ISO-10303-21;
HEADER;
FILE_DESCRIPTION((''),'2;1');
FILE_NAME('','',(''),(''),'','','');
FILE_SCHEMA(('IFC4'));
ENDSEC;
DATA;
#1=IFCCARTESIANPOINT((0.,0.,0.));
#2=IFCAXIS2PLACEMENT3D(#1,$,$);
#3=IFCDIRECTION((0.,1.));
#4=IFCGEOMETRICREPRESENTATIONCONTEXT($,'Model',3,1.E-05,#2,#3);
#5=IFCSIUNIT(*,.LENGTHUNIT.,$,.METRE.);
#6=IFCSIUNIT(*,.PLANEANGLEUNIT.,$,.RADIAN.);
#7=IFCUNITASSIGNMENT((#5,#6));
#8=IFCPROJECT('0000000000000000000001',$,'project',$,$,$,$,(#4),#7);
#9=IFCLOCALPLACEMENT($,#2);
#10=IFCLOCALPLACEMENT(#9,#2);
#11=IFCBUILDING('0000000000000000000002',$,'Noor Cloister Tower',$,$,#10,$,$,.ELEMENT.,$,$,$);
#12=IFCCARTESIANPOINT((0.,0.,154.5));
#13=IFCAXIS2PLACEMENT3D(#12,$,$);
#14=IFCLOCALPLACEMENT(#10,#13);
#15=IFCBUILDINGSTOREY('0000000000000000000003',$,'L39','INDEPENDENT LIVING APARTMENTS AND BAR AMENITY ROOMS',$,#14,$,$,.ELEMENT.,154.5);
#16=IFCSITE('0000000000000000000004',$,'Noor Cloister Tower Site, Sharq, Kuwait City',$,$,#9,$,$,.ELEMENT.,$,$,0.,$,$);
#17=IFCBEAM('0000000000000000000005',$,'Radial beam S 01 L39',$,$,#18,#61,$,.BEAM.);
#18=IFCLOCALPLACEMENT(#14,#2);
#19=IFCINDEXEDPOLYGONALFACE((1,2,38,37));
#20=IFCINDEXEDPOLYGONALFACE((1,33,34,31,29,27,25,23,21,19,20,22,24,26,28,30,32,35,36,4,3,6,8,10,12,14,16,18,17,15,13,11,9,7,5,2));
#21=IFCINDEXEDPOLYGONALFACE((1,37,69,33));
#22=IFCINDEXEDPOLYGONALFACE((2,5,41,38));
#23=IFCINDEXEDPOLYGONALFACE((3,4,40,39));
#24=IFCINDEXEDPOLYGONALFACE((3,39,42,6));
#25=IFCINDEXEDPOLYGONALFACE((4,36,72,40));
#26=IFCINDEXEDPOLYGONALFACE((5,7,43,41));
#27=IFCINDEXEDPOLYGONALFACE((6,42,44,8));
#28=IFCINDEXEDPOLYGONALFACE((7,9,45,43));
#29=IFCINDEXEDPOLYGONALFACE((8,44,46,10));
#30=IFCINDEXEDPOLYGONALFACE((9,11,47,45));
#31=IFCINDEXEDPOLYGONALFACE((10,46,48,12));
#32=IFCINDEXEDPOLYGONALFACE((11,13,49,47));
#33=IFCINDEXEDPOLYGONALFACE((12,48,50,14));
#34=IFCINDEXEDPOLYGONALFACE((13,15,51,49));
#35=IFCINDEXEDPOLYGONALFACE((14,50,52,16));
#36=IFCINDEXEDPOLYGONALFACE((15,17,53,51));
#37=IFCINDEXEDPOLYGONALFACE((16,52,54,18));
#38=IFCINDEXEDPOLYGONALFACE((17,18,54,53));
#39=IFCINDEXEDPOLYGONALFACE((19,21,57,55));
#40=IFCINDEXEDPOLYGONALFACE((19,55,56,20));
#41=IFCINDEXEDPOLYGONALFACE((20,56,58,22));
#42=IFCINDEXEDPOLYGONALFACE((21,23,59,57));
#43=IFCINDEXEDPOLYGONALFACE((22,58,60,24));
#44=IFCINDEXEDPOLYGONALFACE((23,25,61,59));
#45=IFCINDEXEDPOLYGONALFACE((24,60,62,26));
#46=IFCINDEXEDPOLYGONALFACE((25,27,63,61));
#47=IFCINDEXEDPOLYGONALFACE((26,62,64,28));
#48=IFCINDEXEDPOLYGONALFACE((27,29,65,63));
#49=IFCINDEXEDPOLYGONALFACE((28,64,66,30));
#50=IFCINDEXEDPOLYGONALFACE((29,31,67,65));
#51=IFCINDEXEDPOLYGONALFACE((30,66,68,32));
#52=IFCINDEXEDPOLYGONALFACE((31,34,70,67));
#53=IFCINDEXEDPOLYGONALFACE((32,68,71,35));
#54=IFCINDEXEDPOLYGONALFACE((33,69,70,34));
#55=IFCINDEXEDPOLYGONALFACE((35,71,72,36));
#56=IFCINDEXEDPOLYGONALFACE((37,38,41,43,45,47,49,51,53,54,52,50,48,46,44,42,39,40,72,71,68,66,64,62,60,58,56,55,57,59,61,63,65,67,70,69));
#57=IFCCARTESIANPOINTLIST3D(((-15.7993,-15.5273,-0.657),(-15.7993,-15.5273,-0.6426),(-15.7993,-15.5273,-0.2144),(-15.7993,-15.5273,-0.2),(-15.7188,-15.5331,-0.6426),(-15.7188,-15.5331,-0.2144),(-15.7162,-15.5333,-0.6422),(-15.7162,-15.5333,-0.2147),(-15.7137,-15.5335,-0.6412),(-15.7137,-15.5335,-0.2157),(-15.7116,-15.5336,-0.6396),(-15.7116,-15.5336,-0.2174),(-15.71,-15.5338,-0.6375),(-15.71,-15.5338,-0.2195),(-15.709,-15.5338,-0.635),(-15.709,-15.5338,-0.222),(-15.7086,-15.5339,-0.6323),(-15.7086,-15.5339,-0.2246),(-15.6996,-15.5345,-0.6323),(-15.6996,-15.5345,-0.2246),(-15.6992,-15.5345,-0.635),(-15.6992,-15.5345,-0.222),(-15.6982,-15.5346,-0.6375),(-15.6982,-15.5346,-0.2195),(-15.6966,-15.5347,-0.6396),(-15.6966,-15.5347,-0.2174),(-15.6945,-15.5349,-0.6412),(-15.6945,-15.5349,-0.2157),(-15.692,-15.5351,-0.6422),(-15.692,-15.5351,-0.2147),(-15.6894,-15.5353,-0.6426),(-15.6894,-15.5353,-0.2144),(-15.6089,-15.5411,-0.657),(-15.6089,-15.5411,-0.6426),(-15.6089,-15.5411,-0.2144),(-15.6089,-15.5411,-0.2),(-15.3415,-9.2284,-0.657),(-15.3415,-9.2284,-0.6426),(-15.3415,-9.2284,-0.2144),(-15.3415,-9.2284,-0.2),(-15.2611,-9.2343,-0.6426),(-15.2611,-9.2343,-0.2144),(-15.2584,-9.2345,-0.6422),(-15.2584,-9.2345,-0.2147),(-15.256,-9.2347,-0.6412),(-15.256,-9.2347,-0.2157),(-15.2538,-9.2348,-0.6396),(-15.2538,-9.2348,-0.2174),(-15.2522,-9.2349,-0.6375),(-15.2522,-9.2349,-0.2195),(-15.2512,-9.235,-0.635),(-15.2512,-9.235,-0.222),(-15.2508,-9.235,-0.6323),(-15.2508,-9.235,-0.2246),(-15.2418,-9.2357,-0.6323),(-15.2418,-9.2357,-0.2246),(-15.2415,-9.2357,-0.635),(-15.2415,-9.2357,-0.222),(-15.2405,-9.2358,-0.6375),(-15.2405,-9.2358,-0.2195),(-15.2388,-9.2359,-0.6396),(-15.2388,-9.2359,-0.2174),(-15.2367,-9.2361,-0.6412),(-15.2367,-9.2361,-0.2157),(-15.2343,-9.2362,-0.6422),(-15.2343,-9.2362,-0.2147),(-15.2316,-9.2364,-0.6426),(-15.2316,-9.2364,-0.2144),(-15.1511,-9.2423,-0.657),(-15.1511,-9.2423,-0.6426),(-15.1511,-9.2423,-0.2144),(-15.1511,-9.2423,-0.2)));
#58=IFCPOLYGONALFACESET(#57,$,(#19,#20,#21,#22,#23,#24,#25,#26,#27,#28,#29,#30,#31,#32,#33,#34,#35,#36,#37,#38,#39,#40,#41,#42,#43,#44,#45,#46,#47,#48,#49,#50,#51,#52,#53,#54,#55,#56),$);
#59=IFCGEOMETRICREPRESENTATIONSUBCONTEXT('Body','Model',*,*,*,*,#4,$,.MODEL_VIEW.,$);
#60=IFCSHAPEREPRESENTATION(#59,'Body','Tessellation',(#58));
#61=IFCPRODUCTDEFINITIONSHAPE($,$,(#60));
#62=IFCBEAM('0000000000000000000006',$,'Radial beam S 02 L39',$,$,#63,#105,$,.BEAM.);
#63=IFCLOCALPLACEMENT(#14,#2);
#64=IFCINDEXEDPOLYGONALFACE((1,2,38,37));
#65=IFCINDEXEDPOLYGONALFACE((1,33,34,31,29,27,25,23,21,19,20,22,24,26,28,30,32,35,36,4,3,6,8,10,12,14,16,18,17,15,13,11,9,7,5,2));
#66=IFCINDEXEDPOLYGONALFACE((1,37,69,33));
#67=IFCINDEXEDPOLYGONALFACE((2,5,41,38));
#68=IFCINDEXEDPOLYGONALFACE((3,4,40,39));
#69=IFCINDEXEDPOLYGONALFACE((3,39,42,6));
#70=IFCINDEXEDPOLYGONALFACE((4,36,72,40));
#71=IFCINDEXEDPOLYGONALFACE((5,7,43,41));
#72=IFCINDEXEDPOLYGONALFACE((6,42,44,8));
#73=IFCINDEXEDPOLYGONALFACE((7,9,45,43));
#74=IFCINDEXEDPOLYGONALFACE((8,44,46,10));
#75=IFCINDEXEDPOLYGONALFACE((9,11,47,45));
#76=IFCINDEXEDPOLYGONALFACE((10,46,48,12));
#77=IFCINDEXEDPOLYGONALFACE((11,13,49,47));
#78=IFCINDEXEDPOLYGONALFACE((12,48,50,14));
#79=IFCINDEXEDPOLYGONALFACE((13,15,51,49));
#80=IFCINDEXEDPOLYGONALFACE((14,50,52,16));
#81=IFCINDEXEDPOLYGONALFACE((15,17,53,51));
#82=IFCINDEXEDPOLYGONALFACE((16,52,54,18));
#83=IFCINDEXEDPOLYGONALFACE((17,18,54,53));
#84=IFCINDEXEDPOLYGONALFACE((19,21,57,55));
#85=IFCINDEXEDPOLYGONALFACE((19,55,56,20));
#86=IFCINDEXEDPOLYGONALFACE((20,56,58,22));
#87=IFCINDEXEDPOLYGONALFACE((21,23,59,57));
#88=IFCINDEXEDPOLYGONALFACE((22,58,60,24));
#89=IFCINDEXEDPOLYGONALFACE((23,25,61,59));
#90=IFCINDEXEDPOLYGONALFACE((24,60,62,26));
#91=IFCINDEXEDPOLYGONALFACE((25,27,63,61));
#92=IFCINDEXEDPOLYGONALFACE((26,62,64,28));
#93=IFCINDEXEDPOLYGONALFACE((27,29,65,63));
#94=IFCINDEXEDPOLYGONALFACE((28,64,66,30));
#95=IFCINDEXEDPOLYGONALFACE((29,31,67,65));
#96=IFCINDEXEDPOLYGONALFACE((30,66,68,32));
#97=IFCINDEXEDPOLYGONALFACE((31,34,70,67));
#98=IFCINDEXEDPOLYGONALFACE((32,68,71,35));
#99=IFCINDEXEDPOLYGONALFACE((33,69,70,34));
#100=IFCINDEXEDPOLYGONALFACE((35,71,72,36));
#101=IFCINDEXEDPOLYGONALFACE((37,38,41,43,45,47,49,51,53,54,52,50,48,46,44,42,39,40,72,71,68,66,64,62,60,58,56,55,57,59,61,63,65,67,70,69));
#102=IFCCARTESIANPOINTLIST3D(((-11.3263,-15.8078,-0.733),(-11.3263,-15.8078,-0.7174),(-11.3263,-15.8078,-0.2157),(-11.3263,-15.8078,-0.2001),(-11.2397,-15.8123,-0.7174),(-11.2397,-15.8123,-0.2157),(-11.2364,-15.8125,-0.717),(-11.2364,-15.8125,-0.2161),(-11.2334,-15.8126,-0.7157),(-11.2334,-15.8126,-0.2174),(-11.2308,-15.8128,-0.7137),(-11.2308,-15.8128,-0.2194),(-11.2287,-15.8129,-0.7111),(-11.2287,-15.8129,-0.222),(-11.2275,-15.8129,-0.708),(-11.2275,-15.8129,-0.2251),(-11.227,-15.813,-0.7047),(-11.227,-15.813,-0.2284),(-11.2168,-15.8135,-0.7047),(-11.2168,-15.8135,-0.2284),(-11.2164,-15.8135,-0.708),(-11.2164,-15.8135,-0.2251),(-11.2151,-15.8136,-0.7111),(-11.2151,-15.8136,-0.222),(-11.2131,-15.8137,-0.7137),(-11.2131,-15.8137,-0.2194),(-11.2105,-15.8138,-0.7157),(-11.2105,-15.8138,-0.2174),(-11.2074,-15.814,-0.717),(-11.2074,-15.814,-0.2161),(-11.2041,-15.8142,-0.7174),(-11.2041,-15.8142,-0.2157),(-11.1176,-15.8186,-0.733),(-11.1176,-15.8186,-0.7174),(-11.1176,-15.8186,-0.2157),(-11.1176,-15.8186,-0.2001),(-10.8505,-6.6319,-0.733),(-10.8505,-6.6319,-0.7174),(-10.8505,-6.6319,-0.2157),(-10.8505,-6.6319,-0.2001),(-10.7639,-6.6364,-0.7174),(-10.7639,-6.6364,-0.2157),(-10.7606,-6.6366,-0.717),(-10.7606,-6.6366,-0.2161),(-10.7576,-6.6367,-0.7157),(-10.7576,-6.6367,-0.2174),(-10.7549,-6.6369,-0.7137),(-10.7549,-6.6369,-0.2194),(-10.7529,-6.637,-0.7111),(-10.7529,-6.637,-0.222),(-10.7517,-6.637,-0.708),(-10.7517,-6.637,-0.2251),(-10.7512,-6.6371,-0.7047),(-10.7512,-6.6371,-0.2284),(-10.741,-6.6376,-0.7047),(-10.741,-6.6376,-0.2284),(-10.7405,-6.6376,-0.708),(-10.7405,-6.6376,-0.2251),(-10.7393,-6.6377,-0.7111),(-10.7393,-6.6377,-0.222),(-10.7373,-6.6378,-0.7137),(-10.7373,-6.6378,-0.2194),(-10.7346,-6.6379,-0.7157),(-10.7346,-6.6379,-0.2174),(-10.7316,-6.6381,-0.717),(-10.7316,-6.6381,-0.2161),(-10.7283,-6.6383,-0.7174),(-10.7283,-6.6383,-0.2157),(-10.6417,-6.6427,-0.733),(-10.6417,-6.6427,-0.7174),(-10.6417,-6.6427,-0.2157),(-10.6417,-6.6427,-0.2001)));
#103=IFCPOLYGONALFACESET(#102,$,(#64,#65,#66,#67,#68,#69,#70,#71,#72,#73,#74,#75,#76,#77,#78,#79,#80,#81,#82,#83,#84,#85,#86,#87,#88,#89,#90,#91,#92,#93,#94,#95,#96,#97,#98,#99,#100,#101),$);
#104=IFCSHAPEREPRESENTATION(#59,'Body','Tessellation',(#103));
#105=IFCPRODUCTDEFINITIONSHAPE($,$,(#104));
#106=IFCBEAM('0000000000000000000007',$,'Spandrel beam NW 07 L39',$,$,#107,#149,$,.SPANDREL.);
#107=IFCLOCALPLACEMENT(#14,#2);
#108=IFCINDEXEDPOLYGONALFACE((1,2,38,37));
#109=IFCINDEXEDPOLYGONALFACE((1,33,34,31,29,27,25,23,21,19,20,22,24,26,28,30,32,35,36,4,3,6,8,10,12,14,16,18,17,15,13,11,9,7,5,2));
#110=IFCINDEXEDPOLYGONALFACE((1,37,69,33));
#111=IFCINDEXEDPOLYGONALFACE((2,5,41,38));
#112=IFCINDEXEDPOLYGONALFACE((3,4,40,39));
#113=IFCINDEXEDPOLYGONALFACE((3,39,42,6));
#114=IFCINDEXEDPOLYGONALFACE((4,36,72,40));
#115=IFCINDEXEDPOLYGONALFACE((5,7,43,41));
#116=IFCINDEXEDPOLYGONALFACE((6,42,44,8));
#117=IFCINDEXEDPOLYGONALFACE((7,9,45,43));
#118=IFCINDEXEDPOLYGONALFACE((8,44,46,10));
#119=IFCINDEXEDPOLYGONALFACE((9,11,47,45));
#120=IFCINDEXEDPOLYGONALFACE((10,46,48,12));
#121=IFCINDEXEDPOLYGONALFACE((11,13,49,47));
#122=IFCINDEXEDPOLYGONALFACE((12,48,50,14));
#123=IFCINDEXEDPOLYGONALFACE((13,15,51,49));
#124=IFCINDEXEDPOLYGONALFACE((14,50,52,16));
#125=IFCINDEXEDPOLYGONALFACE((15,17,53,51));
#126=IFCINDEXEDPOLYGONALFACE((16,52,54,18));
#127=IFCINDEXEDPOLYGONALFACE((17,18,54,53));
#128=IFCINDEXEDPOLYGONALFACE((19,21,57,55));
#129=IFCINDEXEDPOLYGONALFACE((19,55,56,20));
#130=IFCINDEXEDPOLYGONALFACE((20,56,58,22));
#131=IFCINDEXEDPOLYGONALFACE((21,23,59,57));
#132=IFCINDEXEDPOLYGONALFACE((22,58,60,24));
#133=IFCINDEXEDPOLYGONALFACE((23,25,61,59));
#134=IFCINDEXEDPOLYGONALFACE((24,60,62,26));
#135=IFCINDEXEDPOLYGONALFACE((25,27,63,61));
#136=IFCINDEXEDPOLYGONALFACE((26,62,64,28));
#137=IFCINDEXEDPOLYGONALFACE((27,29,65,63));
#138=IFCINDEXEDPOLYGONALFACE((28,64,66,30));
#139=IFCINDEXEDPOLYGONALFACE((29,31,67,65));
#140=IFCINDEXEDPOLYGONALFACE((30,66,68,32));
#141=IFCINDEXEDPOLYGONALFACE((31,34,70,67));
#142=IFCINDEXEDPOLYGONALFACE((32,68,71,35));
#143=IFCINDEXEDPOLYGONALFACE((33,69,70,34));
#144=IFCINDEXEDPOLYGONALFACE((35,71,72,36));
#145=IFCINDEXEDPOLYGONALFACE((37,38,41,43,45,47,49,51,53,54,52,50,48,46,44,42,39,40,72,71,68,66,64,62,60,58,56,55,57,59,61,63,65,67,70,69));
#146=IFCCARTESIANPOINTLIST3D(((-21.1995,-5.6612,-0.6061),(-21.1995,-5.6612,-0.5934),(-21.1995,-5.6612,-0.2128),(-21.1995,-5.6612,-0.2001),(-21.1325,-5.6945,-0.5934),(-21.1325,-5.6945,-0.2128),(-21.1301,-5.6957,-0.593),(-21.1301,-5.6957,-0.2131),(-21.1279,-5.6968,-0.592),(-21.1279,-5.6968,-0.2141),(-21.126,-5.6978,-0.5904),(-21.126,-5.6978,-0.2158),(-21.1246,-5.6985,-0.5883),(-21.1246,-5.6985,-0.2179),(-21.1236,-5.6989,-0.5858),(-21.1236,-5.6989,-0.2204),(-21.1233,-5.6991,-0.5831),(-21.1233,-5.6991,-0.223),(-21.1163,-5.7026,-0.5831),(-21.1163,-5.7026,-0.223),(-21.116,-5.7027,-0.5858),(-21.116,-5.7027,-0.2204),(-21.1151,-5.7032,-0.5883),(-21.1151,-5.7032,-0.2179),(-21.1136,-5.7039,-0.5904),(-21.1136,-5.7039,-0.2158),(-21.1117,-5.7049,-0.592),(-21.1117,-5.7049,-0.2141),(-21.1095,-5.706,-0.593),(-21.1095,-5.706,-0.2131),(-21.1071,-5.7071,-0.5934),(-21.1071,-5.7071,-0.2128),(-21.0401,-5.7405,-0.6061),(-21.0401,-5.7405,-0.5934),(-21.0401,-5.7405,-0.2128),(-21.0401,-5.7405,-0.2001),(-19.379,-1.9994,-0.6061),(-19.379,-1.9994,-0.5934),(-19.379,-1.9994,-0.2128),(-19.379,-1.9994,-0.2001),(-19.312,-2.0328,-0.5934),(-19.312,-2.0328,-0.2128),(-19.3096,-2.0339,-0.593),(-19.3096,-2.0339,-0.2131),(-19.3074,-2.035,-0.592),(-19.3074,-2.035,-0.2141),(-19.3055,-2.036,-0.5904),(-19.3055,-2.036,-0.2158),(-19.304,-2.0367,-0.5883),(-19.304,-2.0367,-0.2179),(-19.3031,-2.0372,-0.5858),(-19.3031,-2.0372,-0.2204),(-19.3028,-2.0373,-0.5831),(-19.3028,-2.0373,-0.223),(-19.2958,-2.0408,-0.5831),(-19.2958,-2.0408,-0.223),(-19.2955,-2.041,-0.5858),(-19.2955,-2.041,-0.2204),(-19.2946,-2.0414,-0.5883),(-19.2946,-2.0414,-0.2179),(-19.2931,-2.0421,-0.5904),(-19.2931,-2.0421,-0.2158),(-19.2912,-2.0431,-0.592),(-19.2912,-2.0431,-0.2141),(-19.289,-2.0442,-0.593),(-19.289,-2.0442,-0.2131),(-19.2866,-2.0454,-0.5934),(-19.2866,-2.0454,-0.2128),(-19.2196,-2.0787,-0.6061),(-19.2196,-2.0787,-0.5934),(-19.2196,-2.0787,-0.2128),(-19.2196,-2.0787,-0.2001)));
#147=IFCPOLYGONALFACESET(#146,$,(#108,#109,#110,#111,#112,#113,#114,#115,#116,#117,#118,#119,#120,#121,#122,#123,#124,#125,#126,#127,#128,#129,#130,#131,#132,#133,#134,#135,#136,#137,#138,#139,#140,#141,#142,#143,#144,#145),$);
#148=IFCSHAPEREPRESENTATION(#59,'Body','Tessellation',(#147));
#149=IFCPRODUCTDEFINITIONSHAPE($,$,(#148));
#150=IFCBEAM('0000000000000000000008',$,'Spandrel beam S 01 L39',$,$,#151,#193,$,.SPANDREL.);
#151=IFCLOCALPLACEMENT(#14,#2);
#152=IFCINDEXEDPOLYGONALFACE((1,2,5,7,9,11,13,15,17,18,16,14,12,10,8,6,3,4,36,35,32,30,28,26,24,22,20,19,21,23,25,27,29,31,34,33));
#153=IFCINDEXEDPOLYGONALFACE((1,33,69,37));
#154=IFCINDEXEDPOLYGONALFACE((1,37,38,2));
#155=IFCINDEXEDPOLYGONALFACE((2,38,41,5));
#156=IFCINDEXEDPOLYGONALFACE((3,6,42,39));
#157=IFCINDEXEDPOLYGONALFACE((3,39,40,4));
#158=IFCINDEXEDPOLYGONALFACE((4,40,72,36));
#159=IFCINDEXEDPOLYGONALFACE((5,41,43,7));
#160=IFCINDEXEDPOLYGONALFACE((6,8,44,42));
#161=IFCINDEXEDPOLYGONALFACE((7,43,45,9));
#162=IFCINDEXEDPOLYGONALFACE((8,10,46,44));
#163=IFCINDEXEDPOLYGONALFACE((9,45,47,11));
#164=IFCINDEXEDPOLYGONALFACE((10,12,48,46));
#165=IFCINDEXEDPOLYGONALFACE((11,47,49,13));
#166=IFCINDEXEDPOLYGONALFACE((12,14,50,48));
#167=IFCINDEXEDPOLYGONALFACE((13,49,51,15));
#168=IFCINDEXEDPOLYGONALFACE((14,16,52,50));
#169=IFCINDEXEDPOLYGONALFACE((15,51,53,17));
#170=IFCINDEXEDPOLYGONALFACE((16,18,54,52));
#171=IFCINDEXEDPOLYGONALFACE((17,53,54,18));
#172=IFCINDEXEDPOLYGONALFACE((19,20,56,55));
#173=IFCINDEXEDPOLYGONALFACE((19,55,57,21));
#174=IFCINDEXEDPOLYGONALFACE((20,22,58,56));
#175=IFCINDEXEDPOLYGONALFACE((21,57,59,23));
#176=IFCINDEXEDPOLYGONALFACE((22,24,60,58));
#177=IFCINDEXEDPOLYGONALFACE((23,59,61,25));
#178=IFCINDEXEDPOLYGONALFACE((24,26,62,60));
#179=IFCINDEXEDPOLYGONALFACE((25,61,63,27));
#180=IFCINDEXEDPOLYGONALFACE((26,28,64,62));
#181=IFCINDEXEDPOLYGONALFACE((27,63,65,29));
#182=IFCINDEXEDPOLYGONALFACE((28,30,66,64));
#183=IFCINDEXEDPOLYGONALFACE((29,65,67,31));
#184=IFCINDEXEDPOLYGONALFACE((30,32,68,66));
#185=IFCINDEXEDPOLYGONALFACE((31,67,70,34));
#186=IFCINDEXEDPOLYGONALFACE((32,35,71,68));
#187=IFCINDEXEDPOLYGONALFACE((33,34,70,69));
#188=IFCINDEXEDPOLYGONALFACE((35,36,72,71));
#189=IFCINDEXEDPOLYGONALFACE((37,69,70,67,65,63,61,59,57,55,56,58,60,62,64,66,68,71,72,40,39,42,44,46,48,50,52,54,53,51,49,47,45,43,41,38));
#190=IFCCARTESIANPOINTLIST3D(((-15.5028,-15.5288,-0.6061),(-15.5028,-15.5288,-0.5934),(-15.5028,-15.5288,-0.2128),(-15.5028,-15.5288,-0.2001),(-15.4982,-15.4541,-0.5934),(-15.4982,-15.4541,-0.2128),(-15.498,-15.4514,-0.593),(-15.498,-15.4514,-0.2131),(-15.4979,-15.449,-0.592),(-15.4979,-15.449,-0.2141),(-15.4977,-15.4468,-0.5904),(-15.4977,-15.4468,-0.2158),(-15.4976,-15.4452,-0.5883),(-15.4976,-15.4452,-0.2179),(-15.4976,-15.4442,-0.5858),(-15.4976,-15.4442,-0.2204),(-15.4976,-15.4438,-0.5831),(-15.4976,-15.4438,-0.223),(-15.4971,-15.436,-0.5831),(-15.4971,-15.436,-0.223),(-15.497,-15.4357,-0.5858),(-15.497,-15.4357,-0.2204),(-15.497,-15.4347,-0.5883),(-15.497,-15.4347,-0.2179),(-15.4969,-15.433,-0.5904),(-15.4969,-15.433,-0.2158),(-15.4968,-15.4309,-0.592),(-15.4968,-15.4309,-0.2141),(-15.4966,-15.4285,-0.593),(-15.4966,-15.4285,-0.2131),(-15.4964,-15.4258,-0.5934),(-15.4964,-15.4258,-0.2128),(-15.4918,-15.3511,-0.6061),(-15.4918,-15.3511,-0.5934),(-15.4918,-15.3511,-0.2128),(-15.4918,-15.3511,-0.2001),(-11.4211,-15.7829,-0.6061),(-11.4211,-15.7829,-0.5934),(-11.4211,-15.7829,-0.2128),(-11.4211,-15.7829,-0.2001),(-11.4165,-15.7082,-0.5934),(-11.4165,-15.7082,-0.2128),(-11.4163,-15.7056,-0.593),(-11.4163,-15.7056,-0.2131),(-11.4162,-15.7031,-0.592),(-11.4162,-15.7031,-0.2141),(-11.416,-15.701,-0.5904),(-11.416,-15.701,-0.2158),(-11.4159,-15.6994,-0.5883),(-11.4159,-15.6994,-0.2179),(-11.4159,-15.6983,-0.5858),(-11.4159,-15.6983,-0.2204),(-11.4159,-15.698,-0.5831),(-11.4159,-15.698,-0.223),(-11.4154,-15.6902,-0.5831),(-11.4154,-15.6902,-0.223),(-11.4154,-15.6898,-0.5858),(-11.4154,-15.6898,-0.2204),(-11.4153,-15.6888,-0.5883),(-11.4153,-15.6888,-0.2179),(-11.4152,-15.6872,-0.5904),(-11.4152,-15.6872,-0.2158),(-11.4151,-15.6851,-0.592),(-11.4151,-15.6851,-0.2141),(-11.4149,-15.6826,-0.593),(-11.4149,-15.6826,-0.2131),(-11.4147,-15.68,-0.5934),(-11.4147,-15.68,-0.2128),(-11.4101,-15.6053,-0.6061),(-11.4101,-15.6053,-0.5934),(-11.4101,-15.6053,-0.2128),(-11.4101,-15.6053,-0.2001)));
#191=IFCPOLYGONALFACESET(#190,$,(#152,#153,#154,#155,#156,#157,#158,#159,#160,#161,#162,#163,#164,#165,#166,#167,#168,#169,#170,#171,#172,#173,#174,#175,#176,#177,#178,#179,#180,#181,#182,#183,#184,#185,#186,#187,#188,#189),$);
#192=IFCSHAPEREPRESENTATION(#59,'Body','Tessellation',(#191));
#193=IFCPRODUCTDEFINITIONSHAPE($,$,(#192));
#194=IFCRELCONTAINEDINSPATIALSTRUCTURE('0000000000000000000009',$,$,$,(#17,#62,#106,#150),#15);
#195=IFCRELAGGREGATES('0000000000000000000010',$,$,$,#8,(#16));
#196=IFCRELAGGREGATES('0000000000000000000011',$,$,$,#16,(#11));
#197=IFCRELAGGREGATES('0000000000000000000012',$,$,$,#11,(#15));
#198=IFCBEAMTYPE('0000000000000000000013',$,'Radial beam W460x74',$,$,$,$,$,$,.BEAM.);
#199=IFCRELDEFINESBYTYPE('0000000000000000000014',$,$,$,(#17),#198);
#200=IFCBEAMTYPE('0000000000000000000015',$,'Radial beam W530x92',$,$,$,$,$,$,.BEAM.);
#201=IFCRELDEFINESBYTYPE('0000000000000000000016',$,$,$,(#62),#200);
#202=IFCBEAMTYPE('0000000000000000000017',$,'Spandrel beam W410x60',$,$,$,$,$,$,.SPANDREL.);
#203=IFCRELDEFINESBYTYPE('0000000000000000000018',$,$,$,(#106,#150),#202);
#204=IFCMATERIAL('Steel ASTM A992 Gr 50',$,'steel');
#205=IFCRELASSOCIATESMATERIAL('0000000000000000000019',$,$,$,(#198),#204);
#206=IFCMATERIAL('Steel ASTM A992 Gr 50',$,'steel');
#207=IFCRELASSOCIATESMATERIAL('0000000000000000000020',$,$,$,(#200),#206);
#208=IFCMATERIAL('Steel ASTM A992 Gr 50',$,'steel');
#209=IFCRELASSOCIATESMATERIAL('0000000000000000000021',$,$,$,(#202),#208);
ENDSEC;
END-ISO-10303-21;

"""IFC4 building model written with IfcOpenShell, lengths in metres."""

from ifc_helpers import new_model, si_unit, direction, frame, origin, origin_2d, place, context, subcontext, project, spatial, i_section, extrude, material, material_profile, profile_set, type_object, element, save


model = new_model("IFC4")

# Units and contexts
model_context = context("Model", 3, precision=1e-05, world=origin(), true_north=direction((0.0, 1.0)))
body_context = subcontext(model_context, "Body", "Model", "MODEL_VIEW")
ifc_project = project(units=[si_unit("LENGTHUNIT", "METRE"), si_unit("PLANEANGLEUNIT", "RADIAN")], contexts=[model_context])

# Site, building, storey
site_placement = place(None, origin())
site = spatial("IfcSite", under=ifc_project, at=site_placement, Name="Noor Cloister Tower Site, Sharq, Kuwait City", CompositionType="ELEMENT", RefElevation=0.0)
building_placement = place(site_placement, origin())
building = spatial("IfcBuilding", under=site, at=building_placement, Name="Noor Cloister Tower", CompositionType="ELEMENT")
storey_placement = place(building_placement, frame((0.0, 0.0, 154.5)))
storey = spatial("IfcBuildingStorey", under=building, at=storey_placement, Name="L39", Description="INDEPENDENT LIVING APARTMENTS AND BAR AMENITY ROOMS", CompositionType="ELEMENT", Elevation=154.5)

# Beams
ifc_material_1 = material(Name="Steel ASTM A992 Gr 50", Category="steel")
ifc_material_profile_1 = material_profile(ifc_material_1, i_section(OverallWidth=0.1909, OverallDepth=0.457, WebThickness=0.009, FlangeThickness=0.0144, FilletRadius=0.0103, at=origin_2d()), Name="W460x74")
ifc_profile_set_1 = profile_set([ifc_material_profile_1], Name="Steel ASTM A992 Gr 50")
beam_type_1 = type_object("IfcBeamType", Name="Radial beam W460x74", PredefinedType="BEAM", material=ifc_profile_set_1)
beam_1_placement = place(storey_placement, frame((-15.7041, -15.5342, -0.4285), z_axis=(0.072483, 0.99737, 0.0), x_axis=(-0.99737, 0.072483, 0.0)))
element("IfcBeam", 1, at=beam_1_placement, inside=storey, type_object=beam_type_1, Name="Radial beam S 01 L39", PredefinedType="BEAM", context=body_context, shape_type="SweptSolid", body=[
    extrude(i_section(OverallWidth=0.1909, OverallDepth=0.457, WebThickness=0.009, FlangeThickness=0.0144, FilletRadius=0.0103, at=origin_2d()), origin(), (0.0, 0.0, 1.0), 6.3154),
])
ifc_material_2 = material(Name="Steel ASTM A992 Gr 50", Category="steel")
ifc_material_profile_2 = material_profile(ifc_material_2, i_section(OverallWidth=0.209, OverallDepth=0.533, WebThickness=0.0103, FlangeThickness=0.0156, FilletRadius=0.0127, at=origin_2d()), Name="W530x92")
ifc_profile_set_2 = profile_set([ifc_material_profile_2], Name="Steel ASTM A992 Gr 50")
beam_type_2 = type_object("IfcBeamType", Name="Radial beam W530x92", PredefinedType="BEAM", material=ifc_profile_set_2)
beam_2_placement = place(storey_placement, frame((-11.2219, -15.8132, -0.4666), z_axis=(0.051786, 0.998658, 0.0), x_axis=(-0.998658, 0.051786, 0.0)))
element("IfcBeam", 2, at=beam_2_placement, inside=storey, type_object=beam_type_2, Name="Radial beam S 02 L39", PredefinedType="BEAM", context=body_context, shape_type="SweptSolid", body=[
    extrude(i_section(OverallWidth=0.209, OverallDepth=0.533, WebThickness=0.0103, FlangeThickness=0.0156, FilletRadius=0.0127, at=origin_2d()), origin(), (0.0, 0.0, 1.0), 9.1882),
])
ifc_material_3 = material(Name="Steel ASTM A992 Gr 50", Category="steel")
ifc_material_profile_3 = material_profile(ifc_material_3, i_section(OverallWidth=0.178, OverallDepth=0.406, WebThickness=0.0078, FlangeThickness=0.0127, FilletRadius=0.0103, at=origin_2d()), Name="W410x60")
ifc_profile_set_3 = profile_set([ifc_material_profile_3], Name="Steel ASTM A992 Gr 50")
beam_type_3 = type_object("IfcBeamType", Name="Spandrel beam W410x60", PredefinedType="SPANDREL", material=ifc_profile_set_3)
beam_3_placement = place(storey_placement, frame((-19.2993, -2.0391, -0.4031), z_axis=(-0.445183, -0.89544, 0.0), x_axis=(0.89544, -0.445183, 0.0)))
element("IfcBeam", 3, at=beam_3_placement, inside=storey, type_object=beam_type_3, Name="Spandrel beam NW 07 L39", PredefinedType="SPANDREL", context=body_context, shape_type="SweptSolid", body=[
    extrude(i_section(OverallWidth=0.178, OverallDepth=0.406, WebThickness=0.0078, FlangeThickness=0.0127, FilletRadius=0.0103, at=origin_2d()), origin(), (0.0, 0.0, 1.0), 4.0894),
])
beam_4_placement = place(storey_placement, frame((-15.4973, -15.4399, -0.4031), z_axis=(0.998067, -0.062144, 0.0), x_axis=(0.062144, 0.998067, 0.0)))
element("IfcBeam", 4, at=beam_4_placement, inside=storey, type_object=beam_type_3, Name="Spandrel beam S 01 L39", PredefinedType="SPANDREL", context=body_context, shape_type="SweptSolid", body=[
    extrude(i_section(OverallWidth=0.178, OverallDepth=0.406, WebThickness=0.0078, FlangeThickness=0.0127, FilletRadius=0.0103, at=origin_2d()), origin(), (0.0, 0.0, 1.0), 4.0896),
])

save(model, "model.ifc")
